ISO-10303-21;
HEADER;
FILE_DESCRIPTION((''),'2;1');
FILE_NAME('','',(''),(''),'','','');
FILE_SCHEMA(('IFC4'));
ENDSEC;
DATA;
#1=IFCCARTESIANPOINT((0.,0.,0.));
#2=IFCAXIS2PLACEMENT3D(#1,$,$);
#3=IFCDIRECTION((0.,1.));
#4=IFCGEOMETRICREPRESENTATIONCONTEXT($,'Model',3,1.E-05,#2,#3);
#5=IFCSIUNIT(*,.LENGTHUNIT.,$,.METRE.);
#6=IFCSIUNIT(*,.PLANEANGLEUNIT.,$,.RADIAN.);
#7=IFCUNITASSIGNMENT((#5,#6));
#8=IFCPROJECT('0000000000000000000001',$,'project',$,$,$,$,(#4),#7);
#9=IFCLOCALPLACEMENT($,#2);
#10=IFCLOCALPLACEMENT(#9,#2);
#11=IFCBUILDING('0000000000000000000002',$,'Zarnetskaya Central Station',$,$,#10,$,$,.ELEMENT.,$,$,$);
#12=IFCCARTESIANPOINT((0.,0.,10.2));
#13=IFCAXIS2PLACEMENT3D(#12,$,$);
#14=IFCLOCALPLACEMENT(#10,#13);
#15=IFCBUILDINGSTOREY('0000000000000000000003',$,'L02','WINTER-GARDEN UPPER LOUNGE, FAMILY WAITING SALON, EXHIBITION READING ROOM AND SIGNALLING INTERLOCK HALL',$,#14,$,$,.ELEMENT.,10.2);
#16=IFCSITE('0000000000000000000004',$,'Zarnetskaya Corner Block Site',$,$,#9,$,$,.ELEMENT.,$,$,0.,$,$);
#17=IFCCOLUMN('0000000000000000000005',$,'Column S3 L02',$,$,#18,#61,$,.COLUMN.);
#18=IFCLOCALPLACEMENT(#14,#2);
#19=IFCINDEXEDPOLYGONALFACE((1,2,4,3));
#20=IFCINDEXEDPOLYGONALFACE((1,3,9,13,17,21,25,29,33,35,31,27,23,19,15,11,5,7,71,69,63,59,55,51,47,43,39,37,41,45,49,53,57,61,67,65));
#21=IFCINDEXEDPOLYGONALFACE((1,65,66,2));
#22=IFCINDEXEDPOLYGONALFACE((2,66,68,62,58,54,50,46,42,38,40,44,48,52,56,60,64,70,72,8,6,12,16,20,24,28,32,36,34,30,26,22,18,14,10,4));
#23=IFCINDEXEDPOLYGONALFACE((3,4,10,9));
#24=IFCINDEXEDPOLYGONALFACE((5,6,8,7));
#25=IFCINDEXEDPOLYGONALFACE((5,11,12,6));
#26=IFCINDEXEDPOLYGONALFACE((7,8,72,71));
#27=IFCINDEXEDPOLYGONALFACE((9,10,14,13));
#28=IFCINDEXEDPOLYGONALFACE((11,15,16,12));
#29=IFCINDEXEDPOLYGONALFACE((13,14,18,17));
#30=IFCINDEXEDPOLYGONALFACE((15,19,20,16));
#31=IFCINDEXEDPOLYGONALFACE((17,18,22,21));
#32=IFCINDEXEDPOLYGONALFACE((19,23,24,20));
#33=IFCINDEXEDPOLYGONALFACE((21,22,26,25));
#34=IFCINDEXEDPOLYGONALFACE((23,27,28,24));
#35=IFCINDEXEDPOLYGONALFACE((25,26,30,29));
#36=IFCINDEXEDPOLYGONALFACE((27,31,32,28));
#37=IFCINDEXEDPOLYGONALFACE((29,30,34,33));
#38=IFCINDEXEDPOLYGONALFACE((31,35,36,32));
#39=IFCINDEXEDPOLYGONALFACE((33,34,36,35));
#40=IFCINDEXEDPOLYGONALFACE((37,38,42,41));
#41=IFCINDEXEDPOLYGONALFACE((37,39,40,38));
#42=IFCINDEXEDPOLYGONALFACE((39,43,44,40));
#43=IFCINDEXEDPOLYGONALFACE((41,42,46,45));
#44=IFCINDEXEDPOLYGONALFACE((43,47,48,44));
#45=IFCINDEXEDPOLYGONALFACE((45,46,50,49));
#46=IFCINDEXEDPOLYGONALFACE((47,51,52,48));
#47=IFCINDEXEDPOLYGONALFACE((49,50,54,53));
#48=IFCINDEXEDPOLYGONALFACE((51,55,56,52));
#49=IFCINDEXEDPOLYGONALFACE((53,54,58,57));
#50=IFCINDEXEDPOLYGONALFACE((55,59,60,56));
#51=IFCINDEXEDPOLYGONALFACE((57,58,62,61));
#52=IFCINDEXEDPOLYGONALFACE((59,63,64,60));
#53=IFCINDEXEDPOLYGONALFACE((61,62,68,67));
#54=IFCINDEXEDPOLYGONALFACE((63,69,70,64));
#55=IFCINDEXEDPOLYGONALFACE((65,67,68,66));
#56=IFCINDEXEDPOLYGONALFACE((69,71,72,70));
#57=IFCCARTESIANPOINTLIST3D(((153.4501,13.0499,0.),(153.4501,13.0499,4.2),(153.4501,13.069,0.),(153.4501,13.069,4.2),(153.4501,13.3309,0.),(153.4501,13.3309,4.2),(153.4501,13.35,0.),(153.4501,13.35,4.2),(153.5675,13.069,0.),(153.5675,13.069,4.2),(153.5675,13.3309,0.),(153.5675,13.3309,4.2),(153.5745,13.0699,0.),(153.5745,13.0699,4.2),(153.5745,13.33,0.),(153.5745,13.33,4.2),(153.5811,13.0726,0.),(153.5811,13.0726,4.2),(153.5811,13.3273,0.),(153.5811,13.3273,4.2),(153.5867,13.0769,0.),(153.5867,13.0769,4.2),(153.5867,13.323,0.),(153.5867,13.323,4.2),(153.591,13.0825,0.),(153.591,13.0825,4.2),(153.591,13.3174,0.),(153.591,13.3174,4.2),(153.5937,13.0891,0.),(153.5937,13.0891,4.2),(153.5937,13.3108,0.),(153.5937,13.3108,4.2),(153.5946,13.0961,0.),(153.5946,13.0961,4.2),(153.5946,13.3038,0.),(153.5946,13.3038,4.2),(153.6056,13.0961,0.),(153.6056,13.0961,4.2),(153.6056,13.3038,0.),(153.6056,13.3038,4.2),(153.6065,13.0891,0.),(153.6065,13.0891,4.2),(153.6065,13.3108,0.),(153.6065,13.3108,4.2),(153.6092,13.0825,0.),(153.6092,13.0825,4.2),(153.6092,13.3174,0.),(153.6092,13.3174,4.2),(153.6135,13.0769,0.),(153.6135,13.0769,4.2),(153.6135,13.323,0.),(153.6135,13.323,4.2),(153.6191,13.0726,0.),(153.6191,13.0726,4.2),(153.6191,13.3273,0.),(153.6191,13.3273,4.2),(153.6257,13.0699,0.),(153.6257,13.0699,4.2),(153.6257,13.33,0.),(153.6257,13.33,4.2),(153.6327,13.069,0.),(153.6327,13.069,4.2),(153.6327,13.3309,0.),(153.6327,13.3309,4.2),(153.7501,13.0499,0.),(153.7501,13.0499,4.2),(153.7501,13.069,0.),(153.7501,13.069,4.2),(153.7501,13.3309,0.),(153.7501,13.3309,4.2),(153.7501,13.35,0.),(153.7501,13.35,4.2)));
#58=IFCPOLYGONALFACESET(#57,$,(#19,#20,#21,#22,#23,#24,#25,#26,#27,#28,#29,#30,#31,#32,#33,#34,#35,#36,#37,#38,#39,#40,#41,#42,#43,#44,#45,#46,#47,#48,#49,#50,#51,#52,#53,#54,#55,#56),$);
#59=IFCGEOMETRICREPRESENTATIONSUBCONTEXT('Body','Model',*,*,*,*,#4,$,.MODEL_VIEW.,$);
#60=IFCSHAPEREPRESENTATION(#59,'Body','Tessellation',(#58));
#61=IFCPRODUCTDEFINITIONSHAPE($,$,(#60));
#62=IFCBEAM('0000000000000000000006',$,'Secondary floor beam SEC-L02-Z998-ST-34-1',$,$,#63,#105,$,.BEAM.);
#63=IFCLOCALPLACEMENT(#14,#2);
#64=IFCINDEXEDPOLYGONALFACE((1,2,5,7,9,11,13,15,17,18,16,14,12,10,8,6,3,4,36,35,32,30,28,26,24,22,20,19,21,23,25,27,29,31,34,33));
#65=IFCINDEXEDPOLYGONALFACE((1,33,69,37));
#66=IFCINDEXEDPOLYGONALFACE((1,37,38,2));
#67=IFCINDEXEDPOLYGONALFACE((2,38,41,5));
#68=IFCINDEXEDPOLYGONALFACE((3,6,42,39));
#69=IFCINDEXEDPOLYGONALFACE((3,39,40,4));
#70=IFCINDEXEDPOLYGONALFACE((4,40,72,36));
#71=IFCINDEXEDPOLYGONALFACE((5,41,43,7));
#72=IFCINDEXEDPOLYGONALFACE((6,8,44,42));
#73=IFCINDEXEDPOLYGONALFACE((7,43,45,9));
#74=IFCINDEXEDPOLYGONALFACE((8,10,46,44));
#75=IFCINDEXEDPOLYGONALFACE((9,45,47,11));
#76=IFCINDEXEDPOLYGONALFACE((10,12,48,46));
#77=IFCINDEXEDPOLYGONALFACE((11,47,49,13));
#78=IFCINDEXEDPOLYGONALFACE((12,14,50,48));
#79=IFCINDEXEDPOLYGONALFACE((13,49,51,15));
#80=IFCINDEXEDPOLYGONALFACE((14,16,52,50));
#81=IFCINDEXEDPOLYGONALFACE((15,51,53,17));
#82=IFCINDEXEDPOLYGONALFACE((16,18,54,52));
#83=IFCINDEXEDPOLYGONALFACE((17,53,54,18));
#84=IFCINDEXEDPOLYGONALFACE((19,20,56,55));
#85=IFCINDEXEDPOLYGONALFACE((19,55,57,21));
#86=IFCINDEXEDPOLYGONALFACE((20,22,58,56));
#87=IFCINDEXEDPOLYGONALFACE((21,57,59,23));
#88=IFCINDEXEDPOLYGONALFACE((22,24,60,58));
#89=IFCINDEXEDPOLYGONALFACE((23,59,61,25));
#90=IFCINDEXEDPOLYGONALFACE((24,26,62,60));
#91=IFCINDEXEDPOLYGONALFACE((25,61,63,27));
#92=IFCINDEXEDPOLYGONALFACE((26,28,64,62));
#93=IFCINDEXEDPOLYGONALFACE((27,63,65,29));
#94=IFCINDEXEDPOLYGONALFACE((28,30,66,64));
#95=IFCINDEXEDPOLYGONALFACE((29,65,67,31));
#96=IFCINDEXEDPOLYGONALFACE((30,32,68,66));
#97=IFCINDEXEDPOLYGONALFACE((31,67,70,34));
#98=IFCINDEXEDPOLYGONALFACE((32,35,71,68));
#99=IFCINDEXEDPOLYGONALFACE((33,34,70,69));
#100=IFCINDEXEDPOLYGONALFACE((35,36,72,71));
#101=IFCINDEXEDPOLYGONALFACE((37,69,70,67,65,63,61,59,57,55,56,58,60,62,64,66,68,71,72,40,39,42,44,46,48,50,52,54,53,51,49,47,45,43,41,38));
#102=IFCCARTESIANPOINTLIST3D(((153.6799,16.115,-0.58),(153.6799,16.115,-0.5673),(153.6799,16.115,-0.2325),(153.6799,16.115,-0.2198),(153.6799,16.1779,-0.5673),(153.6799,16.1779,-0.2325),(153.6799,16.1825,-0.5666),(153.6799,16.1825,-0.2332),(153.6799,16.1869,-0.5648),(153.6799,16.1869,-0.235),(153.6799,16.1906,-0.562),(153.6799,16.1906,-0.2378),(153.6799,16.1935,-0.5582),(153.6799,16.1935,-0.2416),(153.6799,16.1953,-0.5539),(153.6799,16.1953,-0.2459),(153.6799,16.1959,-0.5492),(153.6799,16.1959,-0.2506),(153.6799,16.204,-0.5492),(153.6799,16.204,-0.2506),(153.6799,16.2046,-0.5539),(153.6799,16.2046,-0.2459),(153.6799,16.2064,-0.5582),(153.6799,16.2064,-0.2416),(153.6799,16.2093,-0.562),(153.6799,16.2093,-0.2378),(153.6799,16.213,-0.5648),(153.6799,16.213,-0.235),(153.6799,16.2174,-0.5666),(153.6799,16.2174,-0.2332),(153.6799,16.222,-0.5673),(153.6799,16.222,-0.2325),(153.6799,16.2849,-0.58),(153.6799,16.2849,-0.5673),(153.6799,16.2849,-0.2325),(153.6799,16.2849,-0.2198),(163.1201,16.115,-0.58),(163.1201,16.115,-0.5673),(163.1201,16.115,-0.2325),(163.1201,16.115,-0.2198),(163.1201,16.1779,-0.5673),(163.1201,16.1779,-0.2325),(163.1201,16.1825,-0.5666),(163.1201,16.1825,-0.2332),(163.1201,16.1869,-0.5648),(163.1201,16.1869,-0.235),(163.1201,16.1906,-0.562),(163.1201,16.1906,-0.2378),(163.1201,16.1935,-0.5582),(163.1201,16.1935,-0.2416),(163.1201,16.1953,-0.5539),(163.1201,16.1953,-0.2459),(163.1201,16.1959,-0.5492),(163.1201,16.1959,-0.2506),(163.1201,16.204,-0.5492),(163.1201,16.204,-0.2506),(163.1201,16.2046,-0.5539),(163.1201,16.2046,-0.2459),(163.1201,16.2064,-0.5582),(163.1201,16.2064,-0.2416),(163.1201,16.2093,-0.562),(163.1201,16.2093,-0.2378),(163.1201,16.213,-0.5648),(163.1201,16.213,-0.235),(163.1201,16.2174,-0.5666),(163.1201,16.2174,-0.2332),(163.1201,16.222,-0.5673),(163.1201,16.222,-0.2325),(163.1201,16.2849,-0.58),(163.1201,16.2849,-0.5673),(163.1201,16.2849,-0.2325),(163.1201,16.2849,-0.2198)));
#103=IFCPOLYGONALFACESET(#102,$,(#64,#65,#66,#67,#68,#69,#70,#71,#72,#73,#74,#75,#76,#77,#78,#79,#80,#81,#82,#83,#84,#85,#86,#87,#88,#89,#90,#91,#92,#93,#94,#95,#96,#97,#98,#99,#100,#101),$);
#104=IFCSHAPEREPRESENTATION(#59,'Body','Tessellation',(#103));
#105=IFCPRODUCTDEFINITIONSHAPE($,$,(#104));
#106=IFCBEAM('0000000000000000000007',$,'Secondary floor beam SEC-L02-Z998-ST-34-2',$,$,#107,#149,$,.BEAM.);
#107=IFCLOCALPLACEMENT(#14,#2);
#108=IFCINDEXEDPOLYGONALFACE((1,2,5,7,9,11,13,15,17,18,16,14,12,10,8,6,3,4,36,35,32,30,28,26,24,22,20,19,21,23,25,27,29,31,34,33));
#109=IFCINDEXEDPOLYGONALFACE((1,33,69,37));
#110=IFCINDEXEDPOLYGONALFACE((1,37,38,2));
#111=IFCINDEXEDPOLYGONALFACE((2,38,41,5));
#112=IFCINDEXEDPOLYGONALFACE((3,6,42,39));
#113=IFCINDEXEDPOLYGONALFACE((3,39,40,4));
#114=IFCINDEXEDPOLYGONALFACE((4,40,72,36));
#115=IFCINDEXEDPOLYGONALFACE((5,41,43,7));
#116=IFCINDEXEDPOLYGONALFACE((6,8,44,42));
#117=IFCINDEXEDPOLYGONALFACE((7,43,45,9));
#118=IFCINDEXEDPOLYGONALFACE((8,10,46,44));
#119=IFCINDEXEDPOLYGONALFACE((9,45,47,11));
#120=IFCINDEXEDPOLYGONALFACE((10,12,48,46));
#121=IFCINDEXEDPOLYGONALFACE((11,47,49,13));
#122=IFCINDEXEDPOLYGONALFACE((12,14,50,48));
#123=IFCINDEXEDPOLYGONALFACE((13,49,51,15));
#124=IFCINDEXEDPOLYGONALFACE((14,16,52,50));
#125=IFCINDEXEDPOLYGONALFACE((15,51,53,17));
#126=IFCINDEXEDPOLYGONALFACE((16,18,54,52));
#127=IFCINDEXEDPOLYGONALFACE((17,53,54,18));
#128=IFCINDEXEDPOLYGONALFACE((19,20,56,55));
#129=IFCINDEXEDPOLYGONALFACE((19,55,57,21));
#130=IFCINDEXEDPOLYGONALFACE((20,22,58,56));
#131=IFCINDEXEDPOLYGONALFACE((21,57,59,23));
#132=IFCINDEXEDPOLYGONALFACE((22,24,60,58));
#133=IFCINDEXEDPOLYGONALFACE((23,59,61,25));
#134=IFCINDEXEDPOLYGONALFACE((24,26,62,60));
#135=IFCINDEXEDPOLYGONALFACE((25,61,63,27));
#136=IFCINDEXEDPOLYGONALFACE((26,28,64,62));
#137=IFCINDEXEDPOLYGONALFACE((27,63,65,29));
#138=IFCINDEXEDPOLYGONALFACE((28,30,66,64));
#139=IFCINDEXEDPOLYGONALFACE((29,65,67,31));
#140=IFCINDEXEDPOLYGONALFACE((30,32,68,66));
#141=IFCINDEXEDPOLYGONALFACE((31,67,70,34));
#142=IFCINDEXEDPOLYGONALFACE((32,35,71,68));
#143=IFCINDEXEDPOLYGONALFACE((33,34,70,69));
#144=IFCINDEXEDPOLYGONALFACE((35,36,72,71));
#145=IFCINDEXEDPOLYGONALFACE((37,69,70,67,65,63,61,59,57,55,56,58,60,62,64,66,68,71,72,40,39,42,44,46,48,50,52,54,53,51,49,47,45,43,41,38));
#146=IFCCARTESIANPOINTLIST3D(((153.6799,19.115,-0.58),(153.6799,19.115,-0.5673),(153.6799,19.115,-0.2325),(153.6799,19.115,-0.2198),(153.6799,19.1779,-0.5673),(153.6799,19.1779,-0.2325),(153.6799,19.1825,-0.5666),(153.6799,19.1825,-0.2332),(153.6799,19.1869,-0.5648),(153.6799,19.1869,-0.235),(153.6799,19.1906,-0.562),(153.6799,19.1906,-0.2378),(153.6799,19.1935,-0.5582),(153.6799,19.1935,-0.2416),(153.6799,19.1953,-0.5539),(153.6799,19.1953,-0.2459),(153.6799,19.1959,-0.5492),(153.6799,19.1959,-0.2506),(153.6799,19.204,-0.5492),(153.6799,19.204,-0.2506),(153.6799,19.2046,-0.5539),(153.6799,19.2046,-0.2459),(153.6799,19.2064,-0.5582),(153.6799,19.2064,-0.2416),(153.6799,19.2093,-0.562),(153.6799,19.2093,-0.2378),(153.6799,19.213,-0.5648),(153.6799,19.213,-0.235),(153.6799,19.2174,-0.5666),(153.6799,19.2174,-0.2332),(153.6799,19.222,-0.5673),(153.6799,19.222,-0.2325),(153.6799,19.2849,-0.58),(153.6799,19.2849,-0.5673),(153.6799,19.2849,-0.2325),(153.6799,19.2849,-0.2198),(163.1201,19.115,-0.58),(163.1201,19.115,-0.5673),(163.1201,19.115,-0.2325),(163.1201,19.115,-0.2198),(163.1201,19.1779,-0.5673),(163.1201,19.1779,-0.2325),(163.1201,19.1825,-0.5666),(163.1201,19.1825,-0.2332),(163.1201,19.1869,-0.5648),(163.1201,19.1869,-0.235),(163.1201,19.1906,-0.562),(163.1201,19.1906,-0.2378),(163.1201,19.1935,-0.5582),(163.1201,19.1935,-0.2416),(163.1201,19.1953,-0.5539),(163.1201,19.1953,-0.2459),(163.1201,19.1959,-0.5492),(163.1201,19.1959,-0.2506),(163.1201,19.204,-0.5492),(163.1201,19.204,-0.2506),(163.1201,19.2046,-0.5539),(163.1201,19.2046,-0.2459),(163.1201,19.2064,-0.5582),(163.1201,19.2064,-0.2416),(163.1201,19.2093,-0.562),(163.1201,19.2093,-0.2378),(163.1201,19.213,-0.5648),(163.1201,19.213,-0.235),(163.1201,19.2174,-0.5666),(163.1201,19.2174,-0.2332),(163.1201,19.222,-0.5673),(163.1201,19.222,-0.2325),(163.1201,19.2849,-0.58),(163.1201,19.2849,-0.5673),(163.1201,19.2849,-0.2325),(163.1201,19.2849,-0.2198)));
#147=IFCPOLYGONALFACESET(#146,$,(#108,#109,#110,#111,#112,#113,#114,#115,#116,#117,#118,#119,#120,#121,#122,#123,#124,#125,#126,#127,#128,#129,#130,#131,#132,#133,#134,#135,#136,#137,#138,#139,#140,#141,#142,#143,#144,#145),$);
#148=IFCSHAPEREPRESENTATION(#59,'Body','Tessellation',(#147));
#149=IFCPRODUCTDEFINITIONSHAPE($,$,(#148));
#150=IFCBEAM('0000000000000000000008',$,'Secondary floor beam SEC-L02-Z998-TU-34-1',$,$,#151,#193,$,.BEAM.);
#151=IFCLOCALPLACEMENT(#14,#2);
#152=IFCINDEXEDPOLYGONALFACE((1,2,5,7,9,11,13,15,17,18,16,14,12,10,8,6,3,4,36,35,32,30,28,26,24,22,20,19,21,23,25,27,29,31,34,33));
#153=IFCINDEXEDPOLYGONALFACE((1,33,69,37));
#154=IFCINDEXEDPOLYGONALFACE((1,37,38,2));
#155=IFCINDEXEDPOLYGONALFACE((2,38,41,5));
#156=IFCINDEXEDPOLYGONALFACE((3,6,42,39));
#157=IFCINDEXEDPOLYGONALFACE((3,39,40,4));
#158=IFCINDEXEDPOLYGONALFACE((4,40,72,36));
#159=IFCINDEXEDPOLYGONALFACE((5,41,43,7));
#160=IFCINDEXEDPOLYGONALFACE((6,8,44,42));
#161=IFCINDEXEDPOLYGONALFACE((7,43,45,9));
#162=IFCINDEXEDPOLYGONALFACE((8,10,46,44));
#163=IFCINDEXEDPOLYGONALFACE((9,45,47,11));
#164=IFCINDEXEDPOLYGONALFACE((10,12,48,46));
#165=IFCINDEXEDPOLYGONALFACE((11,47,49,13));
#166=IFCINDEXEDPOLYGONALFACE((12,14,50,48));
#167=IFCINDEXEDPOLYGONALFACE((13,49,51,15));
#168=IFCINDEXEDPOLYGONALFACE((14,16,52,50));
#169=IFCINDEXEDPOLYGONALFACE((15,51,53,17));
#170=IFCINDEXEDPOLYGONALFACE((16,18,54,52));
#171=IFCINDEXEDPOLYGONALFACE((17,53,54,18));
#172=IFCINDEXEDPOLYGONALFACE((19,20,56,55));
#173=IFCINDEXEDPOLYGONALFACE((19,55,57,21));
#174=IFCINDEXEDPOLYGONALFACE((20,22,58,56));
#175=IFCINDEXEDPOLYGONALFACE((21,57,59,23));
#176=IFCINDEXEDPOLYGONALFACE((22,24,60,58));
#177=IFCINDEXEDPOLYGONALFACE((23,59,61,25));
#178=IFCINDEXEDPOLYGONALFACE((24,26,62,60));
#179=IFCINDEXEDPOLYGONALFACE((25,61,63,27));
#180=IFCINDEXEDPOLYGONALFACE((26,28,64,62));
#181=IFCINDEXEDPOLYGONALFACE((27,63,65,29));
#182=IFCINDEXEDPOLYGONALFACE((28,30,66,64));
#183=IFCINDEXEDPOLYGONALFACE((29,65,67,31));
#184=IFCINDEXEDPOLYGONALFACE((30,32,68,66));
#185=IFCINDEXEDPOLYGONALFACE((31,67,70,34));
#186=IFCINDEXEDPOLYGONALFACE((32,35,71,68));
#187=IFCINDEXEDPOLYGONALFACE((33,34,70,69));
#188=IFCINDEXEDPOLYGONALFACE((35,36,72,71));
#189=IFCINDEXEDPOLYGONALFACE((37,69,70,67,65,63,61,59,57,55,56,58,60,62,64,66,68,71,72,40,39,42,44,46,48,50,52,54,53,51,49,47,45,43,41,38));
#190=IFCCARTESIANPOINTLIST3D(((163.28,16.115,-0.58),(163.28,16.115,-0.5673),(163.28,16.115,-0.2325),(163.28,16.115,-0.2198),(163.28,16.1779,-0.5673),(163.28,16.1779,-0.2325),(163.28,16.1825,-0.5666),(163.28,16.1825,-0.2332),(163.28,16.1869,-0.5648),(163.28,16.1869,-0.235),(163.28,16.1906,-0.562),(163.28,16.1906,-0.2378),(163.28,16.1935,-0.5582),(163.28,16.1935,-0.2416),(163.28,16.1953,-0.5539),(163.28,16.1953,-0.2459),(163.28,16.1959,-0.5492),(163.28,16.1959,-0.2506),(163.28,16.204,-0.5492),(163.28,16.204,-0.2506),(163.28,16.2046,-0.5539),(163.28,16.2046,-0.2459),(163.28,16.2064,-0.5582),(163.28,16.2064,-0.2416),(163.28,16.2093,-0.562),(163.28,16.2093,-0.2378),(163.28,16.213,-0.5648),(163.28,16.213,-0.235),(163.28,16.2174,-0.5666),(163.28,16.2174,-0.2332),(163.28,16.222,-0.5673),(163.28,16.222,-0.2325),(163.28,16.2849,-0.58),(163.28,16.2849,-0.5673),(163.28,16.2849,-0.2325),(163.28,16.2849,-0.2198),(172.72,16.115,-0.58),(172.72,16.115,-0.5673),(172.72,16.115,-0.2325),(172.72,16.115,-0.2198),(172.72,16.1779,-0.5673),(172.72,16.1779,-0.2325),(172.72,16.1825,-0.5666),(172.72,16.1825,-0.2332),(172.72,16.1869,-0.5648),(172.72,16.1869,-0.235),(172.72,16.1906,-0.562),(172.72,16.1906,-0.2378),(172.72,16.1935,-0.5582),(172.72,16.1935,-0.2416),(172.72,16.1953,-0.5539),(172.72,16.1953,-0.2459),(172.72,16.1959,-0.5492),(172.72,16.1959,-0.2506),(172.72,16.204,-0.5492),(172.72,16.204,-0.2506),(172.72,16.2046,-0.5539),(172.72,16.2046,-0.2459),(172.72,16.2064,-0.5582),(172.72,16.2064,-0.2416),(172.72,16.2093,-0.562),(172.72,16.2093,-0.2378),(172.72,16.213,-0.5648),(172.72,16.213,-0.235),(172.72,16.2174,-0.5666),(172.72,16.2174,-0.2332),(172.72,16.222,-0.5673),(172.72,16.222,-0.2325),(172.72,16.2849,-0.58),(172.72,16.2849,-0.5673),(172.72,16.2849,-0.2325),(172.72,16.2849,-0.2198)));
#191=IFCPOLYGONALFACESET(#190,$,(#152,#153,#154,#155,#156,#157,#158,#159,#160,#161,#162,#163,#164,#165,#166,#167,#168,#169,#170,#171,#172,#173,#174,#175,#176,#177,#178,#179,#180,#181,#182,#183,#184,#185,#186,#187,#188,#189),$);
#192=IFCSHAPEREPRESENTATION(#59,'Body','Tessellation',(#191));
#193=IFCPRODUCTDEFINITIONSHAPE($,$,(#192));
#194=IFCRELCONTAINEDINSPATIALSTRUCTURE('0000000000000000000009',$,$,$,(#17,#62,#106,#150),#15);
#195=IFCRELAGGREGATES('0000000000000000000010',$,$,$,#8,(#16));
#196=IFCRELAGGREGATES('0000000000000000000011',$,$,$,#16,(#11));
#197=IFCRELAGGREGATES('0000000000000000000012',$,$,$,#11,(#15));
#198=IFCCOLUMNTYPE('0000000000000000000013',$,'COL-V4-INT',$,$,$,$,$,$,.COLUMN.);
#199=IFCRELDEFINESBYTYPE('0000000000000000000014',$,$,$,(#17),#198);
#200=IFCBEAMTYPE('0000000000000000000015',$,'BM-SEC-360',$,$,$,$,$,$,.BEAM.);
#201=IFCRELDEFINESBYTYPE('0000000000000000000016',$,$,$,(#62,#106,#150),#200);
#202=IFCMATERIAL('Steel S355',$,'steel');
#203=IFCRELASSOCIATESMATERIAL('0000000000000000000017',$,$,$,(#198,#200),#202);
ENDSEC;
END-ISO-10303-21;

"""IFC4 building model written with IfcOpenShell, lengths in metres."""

from ifc_helpers import new_model, si_unit, direction, frame, origin, origin_2d, place, context, subcontext, project, spatial, i_section, extrude, material, material_profile, profile_set, type_object, element, save


model = new_model("IFC4")

# Units and contexts
model_context = context("Model", 3, precision=1e-05, world=origin(), true_north=direction((0.0, 1.0)))
body_context = subcontext(model_context, "Body", "Model", "MODEL_VIEW")
ifc_project = project(units=[si_unit("LENGTHUNIT", "METRE"), si_unit("PLANEANGLEUNIT", "RADIAN")], contexts=[model_context])

# Site, building, storey
site_placement = place(None, origin())
site = spatial("IfcSite", under=ifc_project, at=site_placement, Name="Zarnetskaya Corner Block Site", CompositionType="ELEMENT", RefElevation=0.0)
building_placement = place(site_placement, origin())
building = spatial("IfcBuilding", under=site, at=building_placement, Name="Zarnetskaya Central Station", CompositionType="ELEMENT")
storey_placement = place(building_placement, frame((0.0, 0.0, 10.2)))
storey = spatial("IfcBuildingStorey", under=building, at=storey_placement, Name="L02", Description="WINTER-GARDEN UPPER LOUNGE, FAMILY WAITING SALON, EXHIBITION READING ROOM AND SIGNALLING INTERLOCK HALL", CompositionType="ELEMENT", Elevation=10.2)

# Column
ifc_material_1 = material(Name="Steel S355", Category="steel")
ifc_material_profile_1 = material_profile(ifc_material_1, i_section(OverallWidth=0.3, OverallDepth=0.3, WebThickness=0.011, FlangeThickness=0.019, FilletRadius=0.0271, at=origin_2d()), Name="HEB 300")
ifc_profile_set_1 = profile_set([ifc_material_profile_1], Name="Steel S355")
column_type = type_object("IfcColumnType", Name="COL-V4-INT", PredefinedType="COLUMN", material=ifc_profile_set_1)
column_placement = place(storey_placement, frame((153.6001, 13.2, 0.0), z_axis=(0.0, 0.0, 1.0), x_axis=(1.0, 0.0, 0.0)))
element("IfcColumn", 1, at=column_placement, inside=storey, type_object=column_type, Name="Column S3 L02", PredefinedType="COLUMN", context=body_context, shape_type="SweptSolid", body=[
    extrude(i_section(OverallWidth=0.3, OverallDepth=0.3, WebThickness=0.011, FlangeThickness=0.019, FilletRadius=0.0271, at=origin_2d()), origin(), (0.0, 0.0, 1.0), 4.2),
])

# Beams
ifc_material_profile_2 = material_profile(ifc_material_1, i_section(OverallWidth=0.1699, OverallDepth=0.3601, WebThickness=0.0081, FlangeThickness=0.0127, FilletRadius=0.0181, at=origin_2d()), Name="IPE 360")
ifc_profile_set_2 = profile_set([ifc_material_profile_2], Name="Steel S355")
beam_type_1 = type_object("IfcBeamType", Name="BM-SEC-360", PredefinedType="BEAM", material=ifc_profile_set_2)
for number, where, z_axis, x_axis, name in (
    (2, (153.6799, 16.2, -0.3999), (1.0, 0.0, 0.0), (0.0, 1.0, 0.0), "Secondary floor beam SEC-L02-Z998-ST-34-1"),
    (3, (153.6799, 19.2, -0.3999), (1.0, 0.0, 0.0), (0.0, 1.0, 0.0), "Secondary floor beam SEC-L02-Z998-ST-34-2"),
):
    element("IfcBeam", number, at=place(storey_placement, frame(where, z_axis=z_axis, x_axis=x_axis)), inside=storey, type_object=beam_type_1, Name=name, PredefinedType="BEAM", context=body_context, shape_type="SweptSolid", body=[
        extrude(i_section(OverallWidth=0.1699, OverallDepth=0.3601, WebThickness=0.0081, FlangeThickness=0.0127, FilletRadius=0.0181, at=origin_2d()), origin(), (0.0, 0.0, 1.0), 9.4402),
    ])
for number, where, z_axis, x_axis, name in (
    (4, (163.28, 16.2, -0.3999), (1.0, 0.0, 0.0), (0.0, 1.0, 0.0), "Secondary floor beam SEC-L02-Z998-TU-34-1"),
):
    element("IfcBeam", number, at=place(storey_placement, frame(where, z_axis=z_axis, x_axis=x_axis)), inside=storey, type_object=beam_type_1, Name=name, PredefinedType="BEAM", context=body_context, shape_type="SweptSolid", body=[
        extrude(i_section(OverallWidth=0.1699, OverallDepth=0.3601, WebThickness=0.0081, FlangeThickness=0.0127, FilletRadius=0.0181, at=origin_2d()), origin(), (0.0, 0.0, 1.0), 9.4399),
    ])

save(model, "model.ifc")
